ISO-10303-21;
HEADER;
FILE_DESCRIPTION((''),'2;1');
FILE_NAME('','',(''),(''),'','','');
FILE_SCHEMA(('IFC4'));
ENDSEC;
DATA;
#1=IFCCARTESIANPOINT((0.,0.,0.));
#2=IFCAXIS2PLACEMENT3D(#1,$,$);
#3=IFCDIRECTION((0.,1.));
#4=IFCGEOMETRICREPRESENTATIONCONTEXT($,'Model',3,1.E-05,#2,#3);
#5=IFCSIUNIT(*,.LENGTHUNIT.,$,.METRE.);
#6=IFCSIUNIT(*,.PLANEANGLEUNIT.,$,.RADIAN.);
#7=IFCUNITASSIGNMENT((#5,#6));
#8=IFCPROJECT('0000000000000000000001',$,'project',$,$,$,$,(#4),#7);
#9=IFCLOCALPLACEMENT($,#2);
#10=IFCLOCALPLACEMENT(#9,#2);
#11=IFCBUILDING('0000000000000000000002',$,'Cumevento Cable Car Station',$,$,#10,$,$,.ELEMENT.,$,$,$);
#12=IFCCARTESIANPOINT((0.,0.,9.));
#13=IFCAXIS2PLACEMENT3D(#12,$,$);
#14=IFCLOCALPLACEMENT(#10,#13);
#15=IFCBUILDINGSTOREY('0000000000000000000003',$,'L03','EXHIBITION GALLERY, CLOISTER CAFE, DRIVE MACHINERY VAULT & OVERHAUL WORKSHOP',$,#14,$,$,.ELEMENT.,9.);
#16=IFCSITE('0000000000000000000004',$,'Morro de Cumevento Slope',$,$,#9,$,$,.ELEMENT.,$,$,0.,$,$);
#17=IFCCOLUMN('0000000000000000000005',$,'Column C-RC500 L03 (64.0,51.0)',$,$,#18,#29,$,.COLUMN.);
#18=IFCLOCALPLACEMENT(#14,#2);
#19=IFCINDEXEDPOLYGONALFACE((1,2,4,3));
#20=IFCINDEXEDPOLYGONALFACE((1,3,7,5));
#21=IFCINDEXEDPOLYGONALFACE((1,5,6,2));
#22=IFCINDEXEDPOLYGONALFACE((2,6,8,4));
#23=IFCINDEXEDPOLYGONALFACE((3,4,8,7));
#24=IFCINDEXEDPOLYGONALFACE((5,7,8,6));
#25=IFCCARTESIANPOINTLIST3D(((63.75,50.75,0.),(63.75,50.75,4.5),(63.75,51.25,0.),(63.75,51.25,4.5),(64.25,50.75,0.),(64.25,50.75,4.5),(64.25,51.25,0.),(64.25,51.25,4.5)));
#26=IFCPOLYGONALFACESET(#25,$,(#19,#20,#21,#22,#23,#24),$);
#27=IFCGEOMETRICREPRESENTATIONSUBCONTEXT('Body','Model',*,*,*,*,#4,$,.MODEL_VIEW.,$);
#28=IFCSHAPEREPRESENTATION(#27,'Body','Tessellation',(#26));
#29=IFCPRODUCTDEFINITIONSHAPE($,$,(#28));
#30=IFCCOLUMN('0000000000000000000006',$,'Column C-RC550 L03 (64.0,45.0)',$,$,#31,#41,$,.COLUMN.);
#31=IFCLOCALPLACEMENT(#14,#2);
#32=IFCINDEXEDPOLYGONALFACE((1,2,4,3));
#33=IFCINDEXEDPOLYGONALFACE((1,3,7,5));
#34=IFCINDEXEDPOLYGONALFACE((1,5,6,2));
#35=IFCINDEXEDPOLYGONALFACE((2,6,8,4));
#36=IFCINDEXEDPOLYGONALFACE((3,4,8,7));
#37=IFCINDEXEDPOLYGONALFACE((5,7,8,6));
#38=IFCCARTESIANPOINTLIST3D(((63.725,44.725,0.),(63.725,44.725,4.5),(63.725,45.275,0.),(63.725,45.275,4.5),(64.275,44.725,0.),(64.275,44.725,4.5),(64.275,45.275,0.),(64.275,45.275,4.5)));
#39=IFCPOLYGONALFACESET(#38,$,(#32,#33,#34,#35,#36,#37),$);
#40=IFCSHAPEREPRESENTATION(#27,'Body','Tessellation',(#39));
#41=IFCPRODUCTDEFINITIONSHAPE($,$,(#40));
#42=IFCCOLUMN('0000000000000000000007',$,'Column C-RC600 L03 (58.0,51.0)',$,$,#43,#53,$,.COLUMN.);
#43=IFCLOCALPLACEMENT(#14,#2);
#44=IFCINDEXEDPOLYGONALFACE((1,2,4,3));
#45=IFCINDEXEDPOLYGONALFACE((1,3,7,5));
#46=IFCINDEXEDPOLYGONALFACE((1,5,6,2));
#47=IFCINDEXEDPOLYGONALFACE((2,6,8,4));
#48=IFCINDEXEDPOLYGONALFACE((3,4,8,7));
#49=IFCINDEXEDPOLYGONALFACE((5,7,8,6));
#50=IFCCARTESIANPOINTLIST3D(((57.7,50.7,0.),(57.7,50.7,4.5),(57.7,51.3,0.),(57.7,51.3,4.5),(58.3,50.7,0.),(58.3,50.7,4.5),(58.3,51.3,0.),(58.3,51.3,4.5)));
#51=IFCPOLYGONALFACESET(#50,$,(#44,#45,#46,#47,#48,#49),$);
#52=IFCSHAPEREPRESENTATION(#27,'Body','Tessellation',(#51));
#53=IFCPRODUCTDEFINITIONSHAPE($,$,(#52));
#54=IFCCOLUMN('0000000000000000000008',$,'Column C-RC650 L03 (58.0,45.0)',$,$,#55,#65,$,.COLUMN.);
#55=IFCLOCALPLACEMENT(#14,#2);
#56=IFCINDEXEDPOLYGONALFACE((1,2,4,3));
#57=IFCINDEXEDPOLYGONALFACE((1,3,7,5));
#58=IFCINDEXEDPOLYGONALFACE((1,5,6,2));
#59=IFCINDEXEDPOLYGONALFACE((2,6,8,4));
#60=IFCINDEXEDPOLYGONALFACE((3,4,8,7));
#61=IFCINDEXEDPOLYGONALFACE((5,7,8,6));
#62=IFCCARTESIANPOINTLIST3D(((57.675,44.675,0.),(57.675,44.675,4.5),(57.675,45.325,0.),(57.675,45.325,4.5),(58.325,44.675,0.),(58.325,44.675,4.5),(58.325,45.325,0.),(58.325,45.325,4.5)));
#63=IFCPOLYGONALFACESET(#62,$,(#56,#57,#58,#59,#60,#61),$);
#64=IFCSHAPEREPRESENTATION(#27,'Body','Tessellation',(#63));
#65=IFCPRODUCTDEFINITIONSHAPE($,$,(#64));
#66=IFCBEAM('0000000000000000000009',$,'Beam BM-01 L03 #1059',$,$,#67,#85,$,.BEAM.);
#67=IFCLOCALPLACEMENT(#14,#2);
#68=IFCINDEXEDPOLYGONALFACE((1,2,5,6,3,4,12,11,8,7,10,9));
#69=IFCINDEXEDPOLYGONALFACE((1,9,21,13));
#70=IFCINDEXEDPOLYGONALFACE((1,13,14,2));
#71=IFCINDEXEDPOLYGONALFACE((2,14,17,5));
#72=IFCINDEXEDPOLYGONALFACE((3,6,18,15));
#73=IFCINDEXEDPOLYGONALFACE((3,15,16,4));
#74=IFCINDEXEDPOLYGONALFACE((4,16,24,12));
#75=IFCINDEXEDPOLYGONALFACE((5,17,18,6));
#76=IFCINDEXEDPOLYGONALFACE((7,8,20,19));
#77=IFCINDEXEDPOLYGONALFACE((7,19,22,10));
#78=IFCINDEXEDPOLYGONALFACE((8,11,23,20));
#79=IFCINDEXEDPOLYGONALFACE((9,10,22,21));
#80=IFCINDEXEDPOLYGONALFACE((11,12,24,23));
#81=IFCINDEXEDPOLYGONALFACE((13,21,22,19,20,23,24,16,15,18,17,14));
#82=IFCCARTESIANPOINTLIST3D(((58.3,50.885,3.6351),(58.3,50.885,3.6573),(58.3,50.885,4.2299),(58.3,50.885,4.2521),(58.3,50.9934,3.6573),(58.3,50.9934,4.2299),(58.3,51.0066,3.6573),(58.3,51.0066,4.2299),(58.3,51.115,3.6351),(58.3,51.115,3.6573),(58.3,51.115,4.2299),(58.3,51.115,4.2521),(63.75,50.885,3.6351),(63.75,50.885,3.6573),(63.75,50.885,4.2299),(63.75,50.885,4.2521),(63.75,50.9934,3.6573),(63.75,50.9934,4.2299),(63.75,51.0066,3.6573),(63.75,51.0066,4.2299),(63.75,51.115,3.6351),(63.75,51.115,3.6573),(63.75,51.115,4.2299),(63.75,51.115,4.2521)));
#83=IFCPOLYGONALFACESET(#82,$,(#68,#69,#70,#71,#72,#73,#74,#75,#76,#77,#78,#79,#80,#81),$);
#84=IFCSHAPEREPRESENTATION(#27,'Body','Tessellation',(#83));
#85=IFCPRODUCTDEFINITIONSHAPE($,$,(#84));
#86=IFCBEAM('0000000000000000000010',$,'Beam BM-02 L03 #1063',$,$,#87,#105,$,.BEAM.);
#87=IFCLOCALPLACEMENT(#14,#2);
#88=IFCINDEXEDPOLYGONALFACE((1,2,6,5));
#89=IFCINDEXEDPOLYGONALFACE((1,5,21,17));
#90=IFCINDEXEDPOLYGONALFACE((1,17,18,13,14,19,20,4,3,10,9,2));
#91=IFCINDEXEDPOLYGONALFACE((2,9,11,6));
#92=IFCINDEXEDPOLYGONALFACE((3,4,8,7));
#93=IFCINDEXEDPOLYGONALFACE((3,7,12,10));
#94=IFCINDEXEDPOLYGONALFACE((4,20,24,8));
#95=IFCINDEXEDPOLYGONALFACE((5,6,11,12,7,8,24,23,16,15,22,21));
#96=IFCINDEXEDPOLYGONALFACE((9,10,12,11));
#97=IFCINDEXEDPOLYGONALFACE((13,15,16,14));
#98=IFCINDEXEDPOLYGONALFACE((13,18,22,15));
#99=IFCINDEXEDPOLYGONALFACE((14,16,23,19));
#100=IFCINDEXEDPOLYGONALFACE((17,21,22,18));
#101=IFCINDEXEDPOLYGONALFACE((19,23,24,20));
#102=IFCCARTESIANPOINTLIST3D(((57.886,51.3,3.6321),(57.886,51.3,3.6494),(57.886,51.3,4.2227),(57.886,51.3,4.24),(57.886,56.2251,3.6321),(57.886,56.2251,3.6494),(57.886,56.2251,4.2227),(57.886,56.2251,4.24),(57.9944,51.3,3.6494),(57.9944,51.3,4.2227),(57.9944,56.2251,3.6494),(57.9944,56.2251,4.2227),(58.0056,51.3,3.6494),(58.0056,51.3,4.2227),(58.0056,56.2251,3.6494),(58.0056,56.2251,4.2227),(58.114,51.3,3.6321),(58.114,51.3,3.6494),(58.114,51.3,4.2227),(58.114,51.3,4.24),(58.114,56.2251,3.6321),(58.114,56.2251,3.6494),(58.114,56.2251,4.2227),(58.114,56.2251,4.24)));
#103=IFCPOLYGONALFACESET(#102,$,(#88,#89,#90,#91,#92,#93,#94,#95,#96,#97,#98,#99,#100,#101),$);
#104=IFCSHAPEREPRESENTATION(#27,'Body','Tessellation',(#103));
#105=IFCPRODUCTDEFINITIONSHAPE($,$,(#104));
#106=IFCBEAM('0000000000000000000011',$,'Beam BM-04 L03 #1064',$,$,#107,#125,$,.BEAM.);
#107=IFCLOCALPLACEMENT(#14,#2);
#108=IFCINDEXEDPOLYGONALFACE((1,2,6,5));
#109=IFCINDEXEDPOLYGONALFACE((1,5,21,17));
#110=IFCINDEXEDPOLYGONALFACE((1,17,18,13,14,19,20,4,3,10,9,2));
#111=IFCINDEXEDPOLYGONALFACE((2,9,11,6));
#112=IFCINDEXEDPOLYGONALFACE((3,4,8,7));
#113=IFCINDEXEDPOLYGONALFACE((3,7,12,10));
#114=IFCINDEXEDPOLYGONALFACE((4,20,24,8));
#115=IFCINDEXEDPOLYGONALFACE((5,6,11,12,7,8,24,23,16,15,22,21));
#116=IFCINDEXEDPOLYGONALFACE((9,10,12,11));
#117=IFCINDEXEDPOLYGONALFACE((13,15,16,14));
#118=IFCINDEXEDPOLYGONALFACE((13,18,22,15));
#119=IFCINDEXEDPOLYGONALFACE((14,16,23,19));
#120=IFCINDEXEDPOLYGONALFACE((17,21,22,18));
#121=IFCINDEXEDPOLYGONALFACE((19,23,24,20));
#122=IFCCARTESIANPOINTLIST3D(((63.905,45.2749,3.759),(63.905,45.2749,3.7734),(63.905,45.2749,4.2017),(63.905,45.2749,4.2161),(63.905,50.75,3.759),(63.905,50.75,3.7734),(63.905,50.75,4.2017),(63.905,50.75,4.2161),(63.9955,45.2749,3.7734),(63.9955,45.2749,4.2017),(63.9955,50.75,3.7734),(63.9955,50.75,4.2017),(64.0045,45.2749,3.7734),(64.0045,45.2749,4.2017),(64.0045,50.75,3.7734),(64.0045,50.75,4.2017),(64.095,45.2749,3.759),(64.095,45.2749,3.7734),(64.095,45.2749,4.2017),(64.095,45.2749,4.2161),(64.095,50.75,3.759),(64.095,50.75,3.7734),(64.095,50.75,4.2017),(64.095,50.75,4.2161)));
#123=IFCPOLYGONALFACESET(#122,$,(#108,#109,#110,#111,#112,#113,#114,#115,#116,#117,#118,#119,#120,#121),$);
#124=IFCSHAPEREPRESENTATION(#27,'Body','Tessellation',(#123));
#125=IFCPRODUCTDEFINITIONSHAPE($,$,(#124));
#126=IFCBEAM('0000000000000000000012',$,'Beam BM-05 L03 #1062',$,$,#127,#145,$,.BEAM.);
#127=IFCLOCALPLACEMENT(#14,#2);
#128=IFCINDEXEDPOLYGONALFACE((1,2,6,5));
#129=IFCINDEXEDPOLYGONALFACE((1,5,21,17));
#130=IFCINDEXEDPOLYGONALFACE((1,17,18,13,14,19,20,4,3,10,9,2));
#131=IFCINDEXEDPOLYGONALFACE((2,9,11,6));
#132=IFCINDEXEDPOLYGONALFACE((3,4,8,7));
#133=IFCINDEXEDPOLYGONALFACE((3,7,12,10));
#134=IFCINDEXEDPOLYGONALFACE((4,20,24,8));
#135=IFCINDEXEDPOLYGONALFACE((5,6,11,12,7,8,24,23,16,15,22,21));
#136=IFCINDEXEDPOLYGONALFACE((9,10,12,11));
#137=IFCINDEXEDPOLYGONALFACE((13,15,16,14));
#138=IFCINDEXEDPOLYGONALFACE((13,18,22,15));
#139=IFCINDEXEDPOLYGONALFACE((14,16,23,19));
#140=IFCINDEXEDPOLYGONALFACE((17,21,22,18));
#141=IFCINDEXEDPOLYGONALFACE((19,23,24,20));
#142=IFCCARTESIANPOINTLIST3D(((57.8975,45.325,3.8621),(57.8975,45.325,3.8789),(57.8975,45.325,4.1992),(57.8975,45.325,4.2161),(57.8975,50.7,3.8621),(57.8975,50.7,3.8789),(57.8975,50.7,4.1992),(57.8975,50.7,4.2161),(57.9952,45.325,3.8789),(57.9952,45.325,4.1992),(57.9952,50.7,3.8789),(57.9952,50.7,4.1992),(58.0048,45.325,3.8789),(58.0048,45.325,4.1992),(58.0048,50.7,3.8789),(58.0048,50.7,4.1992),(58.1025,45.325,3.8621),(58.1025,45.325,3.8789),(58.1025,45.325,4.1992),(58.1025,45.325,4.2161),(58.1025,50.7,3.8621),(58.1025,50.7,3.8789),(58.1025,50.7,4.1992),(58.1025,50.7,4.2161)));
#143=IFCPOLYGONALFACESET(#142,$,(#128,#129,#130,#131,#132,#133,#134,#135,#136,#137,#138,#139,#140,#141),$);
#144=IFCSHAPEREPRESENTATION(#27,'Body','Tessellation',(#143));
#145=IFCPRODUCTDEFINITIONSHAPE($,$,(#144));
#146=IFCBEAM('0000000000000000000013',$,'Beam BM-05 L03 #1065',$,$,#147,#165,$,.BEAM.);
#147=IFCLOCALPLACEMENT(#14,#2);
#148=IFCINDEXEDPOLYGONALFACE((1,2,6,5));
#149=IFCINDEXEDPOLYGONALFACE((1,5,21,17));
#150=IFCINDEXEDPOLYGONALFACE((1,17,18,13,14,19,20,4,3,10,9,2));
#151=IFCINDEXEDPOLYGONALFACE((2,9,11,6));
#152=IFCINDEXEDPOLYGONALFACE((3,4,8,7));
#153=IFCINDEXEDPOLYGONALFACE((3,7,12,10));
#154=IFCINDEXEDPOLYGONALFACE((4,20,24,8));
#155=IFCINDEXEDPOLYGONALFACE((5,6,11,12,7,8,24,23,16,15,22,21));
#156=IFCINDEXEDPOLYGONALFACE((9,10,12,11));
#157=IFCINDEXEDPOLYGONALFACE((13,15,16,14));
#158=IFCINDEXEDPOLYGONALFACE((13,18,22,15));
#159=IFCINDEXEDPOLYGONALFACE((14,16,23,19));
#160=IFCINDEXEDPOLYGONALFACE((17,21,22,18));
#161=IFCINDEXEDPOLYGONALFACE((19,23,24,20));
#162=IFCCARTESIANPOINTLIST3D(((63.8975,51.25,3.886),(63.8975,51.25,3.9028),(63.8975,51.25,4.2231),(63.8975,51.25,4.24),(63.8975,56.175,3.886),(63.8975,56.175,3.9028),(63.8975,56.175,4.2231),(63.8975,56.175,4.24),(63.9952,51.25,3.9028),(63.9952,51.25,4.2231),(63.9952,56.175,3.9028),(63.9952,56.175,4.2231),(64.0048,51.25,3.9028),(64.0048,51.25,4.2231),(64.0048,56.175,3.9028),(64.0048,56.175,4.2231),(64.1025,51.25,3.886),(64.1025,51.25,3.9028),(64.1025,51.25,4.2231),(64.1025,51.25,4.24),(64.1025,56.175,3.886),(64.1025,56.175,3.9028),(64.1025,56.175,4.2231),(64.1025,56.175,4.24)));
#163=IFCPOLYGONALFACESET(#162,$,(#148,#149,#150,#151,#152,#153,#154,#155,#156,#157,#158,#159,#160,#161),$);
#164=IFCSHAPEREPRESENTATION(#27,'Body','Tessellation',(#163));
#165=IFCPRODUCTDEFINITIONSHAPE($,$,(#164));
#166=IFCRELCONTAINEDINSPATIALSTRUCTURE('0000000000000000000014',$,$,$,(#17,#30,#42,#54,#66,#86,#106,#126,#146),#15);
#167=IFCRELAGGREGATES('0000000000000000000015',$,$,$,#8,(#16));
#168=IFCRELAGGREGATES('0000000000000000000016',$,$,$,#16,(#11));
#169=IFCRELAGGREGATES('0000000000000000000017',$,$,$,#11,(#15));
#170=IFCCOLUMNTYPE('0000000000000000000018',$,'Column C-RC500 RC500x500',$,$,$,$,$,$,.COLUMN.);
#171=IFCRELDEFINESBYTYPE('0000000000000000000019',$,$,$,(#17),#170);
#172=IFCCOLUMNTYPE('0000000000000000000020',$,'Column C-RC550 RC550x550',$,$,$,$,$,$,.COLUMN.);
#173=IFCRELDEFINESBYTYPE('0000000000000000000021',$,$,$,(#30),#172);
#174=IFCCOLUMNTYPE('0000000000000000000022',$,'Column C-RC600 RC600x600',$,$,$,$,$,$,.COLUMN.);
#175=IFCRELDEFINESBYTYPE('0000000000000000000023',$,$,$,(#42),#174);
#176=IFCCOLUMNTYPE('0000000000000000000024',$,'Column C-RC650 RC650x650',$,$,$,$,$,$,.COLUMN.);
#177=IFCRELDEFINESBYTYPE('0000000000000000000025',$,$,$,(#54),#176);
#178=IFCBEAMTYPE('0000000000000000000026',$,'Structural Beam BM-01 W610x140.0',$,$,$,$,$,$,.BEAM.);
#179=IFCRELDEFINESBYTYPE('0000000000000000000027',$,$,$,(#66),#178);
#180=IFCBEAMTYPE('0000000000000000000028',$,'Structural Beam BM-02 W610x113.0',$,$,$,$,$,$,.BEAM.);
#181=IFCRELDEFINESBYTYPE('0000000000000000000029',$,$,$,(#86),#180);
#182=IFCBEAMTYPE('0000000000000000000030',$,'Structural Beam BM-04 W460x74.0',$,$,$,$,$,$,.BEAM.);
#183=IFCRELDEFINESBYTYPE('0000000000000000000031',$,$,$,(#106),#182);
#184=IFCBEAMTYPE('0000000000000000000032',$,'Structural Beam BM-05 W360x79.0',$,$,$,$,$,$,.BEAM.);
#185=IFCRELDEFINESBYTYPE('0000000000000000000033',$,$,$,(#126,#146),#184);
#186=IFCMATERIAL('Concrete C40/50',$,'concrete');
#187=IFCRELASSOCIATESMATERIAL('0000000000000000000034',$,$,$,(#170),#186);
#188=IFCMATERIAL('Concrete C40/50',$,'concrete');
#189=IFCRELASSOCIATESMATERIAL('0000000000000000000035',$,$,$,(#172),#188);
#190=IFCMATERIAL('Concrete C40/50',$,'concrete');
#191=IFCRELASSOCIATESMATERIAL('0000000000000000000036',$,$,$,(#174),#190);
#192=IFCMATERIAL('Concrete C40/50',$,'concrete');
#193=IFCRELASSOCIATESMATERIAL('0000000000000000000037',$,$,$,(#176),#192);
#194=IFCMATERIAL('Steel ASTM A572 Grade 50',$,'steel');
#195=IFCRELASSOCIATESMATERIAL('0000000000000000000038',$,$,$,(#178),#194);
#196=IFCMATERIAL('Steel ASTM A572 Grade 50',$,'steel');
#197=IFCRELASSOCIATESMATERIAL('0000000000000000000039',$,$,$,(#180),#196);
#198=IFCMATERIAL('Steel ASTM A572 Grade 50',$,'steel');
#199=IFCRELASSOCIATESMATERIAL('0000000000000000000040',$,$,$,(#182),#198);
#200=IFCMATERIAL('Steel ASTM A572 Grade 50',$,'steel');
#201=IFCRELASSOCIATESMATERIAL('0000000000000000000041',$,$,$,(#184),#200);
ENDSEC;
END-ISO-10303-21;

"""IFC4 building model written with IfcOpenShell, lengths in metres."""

from ifc_helpers import new_model, si_unit, direction, frame, origin, origin_2d, place, context, subcontext, project, spatial, rectangle, i_section, extrude, material, material_profile, profile_set, type_object, element, save


model = new_model("IFC4")

# Units and contexts
model_context = context("Model", 3, precision=1e-05, world=origin(), true_north=direction((0.0, 1.0)))
body_context = subcontext(model_context, "Body", "Model", "MODEL_VIEW")
ifc_project = project(units=[si_unit("LENGTHUNIT", "METRE"), si_unit("PLANEANGLEUNIT", "RADIAN")], contexts=[model_context])

# Site, building, storey
site_placement = place(None, origin())
site = spatial("IfcSite", under=ifc_project, at=site_placement, Name="Morro de Cumevento Slope", CompositionType="ELEMENT", RefElevation=0.0)
building_placement = place(site_placement, origin())
building = spatial("IfcBuilding", under=site, at=building_placement, Name="Cumevento Cable Car Station", CompositionType="ELEMENT")
storey_placement = place(building_placement, frame((0.0, 0.0, 9.0)))
storey = spatial("IfcBuildingStorey", under=building, at=storey_placement, Name="L03", Description="EXHIBITION GALLERY, CLOISTER CAFE, DRIVE MACHINERY VAULT & OVERHAUL WORKSHOP", CompositionType="ELEMENT", Elevation=9.0)

# Columns
ifc_material_1 = material(Name="Concrete C40/50", Category="concrete")
ifc_material_profile_1 = material_profile(ifc_material_1, rectangle(XDim=0.5, YDim=0.5, at=origin_2d()), Name="RC500x500")
ifc_profile_set_1 = profile_set([ifc_material_profile_1], Name="Concrete C40/50")
column_type_1 = type_object("IfcColumnType", Name="Column C-RC500 RC500x500", PredefinedType="COLUMN", material=ifc_profile_set_1)
column_1_placement = place(storey_placement, frame((64.0, 51.0, 0.0), z_axis=(0.0, 0.0, 1.0), x_axis=(1.0, 0.0, 0.0)))
element("IfcColumn", 1, at=column_1_placement, inside=storey, type_object=column_type_1, Name="Column C-RC500 L03 (64.0,51.0)", PredefinedType="COLUMN", context=body_context, shape_type="SweptSolid", body=[
    extrude(rectangle(XDim=0.5, YDim=0.5, at=origin_2d()), origin(), (0.0, 0.0, 1.0), 4.5),
])
ifc_material_2 = material(Name="Concrete C40/50", Category="concrete")
ifc_material_profile_2 = material_profile(ifc_material_2, rectangle(XDim=0.55, YDim=0.55, at=origin_2d()), Name="RC550x550")
ifc_profile_set_2 = profile_set([ifc_material_profile_2], Name="Concrete C40/50")
column_type_2 = type_object("IfcColumnType", Name="Column C-RC550 RC550x550", PredefinedType="COLUMN", material=ifc_profile_set_2)
column_2_placement = place(storey_placement, frame((64.0, 45.0, 0.0), z_axis=(0.0, 0.0, 1.0), x_axis=(1.0, 0.0, 0.0)))
element("IfcColumn", 2, at=column_2_placement, inside=storey, type_object=column_type_2, Name="Column C-RC550 L03 (64.0,45.0)", PredefinedType="COLUMN", context=body_context, shape_type="SweptSolid", body=[
    extrude(rectangle(XDim=0.55, YDim=0.55, at=origin_2d()), origin(), (0.0, 0.0, 1.0), 4.5),
])
ifc_material_3 = material(Name="Concrete C40/50", Category="concrete")
ifc_material_profile_3 = material_profile(ifc_material_3, rectangle(XDim=0.6001, YDim=0.6001, at=origin_2d()), Name="RC600x600")
ifc_profile_set_3 = profile_set([ifc_material_profile_3], Name="Concrete C40/50")
column_type_3 = type_object("IfcColumnType", Name="Column C-RC600 RC600x600", PredefinedType="COLUMN", material=ifc_profile_set_3)
column_3_placement = place(storey_placement, frame((58.0, 51.0, 0.0), z_axis=(0.0, 0.0, 1.0), x_axis=(1.0, 0.0, 0.0)))
element("IfcColumn", 3, at=column_3_placement, inside=storey, type_object=column_type_3, Name="Column C-RC600 L03 (58.0,51.0)", PredefinedType="COLUMN", context=body_context, shape_type="SweptSolid", body=[
    extrude(rectangle(XDim=0.6001, YDim=0.6001, at=origin_2d()), origin(), (0.0, 0.0, 1.0), 4.5),
])
ifc_material_4 = material(Name="Concrete C40/50", Category="concrete")
ifc_material_profile_4 = material_profile(ifc_material_4, rectangle(XDim=0.6499, YDim=0.6499, at=origin_2d()), Name="RC650x650")
ifc_profile_set_4 = profile_set([ifc_material_profile_4], Name="Concrete C40/50")
column_type_4 = type_object("IfcColumnType", Name="Column C-RC650 RC650x650", PredefinedType="COLUMN", material=ifc_profile_set_4)
column_4_placement = place(storey_placement, frame((58.0, 45.0, 0.0), z_axis=(0.0, 0.0, 1.0), x_axis=(1.0, 0.0, 0.0)))
element("IfcColumn", 4, at=column_4_placement, inside=storey, type_object=column_type_4, Name="Column C-RC650 L03 (58.0,45.0)", PredefinedType="COLUMN", context=body_context, shape_type="SweptSolid", body=[
    extrude(rectangle(XDim=0.6499, YDim=0.6499, at=origin_2d()), origin(), (0.0, 0.0, 1.0), 4.5),
])

# Beams
ifc_material_5 = material(Name="Steel ASTM A572 Grade 50", Category="steel")
ifc_material_profile_5 = material_profile(ifc_material_5, i_section(OverallWidth=0.23, OverallDepth=0.6169, WebThickness=0.0132, FlangeThickness=0.0222, at=origin_2d()), Name="W610x140.0")
ifc_profile_set_5 = profile_set([ifc_material_profile_5], Name="Steel ASTM A572 Grade 50")
beam_type_1 = type_object("IfcBeamType", Name="Structural Beam BM-01 W610x140.0", PredefinedType="BEAM", material=ifc_profile_set_5)
beam_1_placement = place(storey_placement, frame((58.3, 51.0, 3.9436), z_axis=(1.0, 0.0, 0.0), x_axis=(0.0, 1.0, 0.0)))
element("IfcBeam", 5, at=beam_1_placement, inside=storey, type_object=beam_type_1, Name="Beam BM-01 L03 #1059", PredefinedType="BEAM", context=body_context, shape_type="SweptSolid", body=[
    extrude(i_section(OverallWidth=0.23, OverallDepth=0.6169, WebThickness=0.0132, FlangeThickness=0.0222, at=origin_2d()), origin(), (0.0, 0.0, 1.0), 5.45),
])
ifc_material_6 = material(Name="Steel ASTM A572 Grade 50", Category="steel")
ifc_material_profile_6 = material_profile(ifc_material_6, i_section(OverallWidth=0.228, OverallDepth=0.6079, WebThickness=0.0112, FlangeThickness=0.0173, at=origin_2d()), Name="W610x113.0")
ifc_profile_set_6 = profile_set([ifc_material_profile_6], Name="Steel ASTM A572 Grade 50")
beam_type_2 = type_object("IfcBeamType", Name="Structural Beam BM-02 W610x113.0", PredefinedType="BEAM", material=ifc_profile_set_6)
beam_2_placement = place(storey_placement, frame((58.0, 51.3, 3.936), z_axis=(0.0, 1.0, 0.0), x_axis=(-1.0, 0.0, 0.0)))
element("IfcBeam", 6, at=beam_2_placement, inside=storey, type_object=beam_type_2, Name="Beam BM-02 L03 #1063", PredefinedType="BEAM", context=body_context, shape_type="SweptSolid", body=[
    extrude(i_section(OverallWidth=0.228, OverallDepth=0.6079, WebThickness=0.0112, FlangeThickness=0.0173, at=origin_2d()), origin(), (0.0, 0.0, 1.0), 4.925),
])
ifc_material_7 = material(Name="Steel ASTM A572 Grade 50", Category="steel")
ifc_material_profile_7 = material_profile(ifc_material_7, i_section(OverallWidth=0.1899, OverallDepth=0.457, WebThickness=0.009, FlangeThickness=0.0144, at=origin_2d()), Name="W460x74.0")
ifc_profile_set_7 = profile_set([ifc_material_profile_7], Name="Steel ASTM A572 Grade 50")
beam_type_3 = type_object("IfcBeamType", Name="Structural Beam BM-04 W460x74.0", PredefinedType="BEAM", material=ifc_profile_set_7)
beam_3_placement = place(storey_placement, frame((64.0, 45.2749, 3.9875), z_axis=(0.0, 1.0, 0.0), x_axis=(-1.0, 0.0, 0.0)))
element("IfcBeam", 7, at=beam_3_placement, inside=storey, type_object=beam_type_3, Name="Beam BM-04 L03 #1064", PredefinedType="BEAM", context=body_context, shape_type="SweptSolid", body=[
    extrude(i_section(OverallWidth=0.1899, OverallDepth=0.457, WebThickness=0.009, FlangeThickness=0.0144, at=origin_2d()), origin(), (0.0, 0.0, 1.0), 5.4751),
])
ifc_material_8 = material(Name="Steel ASTM A572 Grade 50", Category="steel")
ifc_material_profile_8 = material_profile(ifc_material_8, i_section(OverallWidth=0.2051, OverallDepth=0.354, WebThickness=0.0095, FlangeThickness=0.0168, at=origin_2d()), Name="W360x79.0")
ifc_profile_set_8 = profile_set([ifc_material_profile_8], Name="Steel ASTM A572 Grade 50")
beam_type_4 = type_object("IfcBeamType", Name="Structural Beam BM-05 W360x79.0", PredefinedType="BEAM", material=ifc_profile_set_8)
beam_4_placement = place(storey_placement, frame((58.0, 45.325, 4.0391), z_axis=(0.0, 1.0, 0.0), x_axis=(-1.0, 0.0, 0.0)))
element("IfcBeam", 8, at=beam_4_placement, inside=storey, type_object=beam_type_4, Name="Beam BM-05 L03 #1062", PredefinedType="BEAM", context=body_context, shape_type="SweptSolid", body=[
    extrude(i_section(OverallWidth=0.2051, OverallDepth=0.354, WebThickness=0.0095, FlangeThickness=0.0168, at=origin_2d()), origin(), (0.0, 0.0, 1.0), 5.375),
])
beam_5_placement = place(storey_placement, frame((64.0, 51.25, 4.063), z_axis=(0.0, 1.0, 0.0), x_axis=(-1.0, 0.0, 0.0)))
element("IfcBeam", 9, at=beam_5_placement, inside=storey, type_object=beam_type_4, Name="Beam BM-05 L03 #1065", PredefinedType="BEAM", context=body_context, shape_type="SweptSolid", body=[
    extrude(i_section(OverallWidth=0.2051, OverallDepth=0.354, WebThickness=0.0095, FlangeThickness=0.0168, at=origin_2d()), origin(), (0.0, 0.0, 1.0), 4.925),
])

save(model, "model.ifc")
